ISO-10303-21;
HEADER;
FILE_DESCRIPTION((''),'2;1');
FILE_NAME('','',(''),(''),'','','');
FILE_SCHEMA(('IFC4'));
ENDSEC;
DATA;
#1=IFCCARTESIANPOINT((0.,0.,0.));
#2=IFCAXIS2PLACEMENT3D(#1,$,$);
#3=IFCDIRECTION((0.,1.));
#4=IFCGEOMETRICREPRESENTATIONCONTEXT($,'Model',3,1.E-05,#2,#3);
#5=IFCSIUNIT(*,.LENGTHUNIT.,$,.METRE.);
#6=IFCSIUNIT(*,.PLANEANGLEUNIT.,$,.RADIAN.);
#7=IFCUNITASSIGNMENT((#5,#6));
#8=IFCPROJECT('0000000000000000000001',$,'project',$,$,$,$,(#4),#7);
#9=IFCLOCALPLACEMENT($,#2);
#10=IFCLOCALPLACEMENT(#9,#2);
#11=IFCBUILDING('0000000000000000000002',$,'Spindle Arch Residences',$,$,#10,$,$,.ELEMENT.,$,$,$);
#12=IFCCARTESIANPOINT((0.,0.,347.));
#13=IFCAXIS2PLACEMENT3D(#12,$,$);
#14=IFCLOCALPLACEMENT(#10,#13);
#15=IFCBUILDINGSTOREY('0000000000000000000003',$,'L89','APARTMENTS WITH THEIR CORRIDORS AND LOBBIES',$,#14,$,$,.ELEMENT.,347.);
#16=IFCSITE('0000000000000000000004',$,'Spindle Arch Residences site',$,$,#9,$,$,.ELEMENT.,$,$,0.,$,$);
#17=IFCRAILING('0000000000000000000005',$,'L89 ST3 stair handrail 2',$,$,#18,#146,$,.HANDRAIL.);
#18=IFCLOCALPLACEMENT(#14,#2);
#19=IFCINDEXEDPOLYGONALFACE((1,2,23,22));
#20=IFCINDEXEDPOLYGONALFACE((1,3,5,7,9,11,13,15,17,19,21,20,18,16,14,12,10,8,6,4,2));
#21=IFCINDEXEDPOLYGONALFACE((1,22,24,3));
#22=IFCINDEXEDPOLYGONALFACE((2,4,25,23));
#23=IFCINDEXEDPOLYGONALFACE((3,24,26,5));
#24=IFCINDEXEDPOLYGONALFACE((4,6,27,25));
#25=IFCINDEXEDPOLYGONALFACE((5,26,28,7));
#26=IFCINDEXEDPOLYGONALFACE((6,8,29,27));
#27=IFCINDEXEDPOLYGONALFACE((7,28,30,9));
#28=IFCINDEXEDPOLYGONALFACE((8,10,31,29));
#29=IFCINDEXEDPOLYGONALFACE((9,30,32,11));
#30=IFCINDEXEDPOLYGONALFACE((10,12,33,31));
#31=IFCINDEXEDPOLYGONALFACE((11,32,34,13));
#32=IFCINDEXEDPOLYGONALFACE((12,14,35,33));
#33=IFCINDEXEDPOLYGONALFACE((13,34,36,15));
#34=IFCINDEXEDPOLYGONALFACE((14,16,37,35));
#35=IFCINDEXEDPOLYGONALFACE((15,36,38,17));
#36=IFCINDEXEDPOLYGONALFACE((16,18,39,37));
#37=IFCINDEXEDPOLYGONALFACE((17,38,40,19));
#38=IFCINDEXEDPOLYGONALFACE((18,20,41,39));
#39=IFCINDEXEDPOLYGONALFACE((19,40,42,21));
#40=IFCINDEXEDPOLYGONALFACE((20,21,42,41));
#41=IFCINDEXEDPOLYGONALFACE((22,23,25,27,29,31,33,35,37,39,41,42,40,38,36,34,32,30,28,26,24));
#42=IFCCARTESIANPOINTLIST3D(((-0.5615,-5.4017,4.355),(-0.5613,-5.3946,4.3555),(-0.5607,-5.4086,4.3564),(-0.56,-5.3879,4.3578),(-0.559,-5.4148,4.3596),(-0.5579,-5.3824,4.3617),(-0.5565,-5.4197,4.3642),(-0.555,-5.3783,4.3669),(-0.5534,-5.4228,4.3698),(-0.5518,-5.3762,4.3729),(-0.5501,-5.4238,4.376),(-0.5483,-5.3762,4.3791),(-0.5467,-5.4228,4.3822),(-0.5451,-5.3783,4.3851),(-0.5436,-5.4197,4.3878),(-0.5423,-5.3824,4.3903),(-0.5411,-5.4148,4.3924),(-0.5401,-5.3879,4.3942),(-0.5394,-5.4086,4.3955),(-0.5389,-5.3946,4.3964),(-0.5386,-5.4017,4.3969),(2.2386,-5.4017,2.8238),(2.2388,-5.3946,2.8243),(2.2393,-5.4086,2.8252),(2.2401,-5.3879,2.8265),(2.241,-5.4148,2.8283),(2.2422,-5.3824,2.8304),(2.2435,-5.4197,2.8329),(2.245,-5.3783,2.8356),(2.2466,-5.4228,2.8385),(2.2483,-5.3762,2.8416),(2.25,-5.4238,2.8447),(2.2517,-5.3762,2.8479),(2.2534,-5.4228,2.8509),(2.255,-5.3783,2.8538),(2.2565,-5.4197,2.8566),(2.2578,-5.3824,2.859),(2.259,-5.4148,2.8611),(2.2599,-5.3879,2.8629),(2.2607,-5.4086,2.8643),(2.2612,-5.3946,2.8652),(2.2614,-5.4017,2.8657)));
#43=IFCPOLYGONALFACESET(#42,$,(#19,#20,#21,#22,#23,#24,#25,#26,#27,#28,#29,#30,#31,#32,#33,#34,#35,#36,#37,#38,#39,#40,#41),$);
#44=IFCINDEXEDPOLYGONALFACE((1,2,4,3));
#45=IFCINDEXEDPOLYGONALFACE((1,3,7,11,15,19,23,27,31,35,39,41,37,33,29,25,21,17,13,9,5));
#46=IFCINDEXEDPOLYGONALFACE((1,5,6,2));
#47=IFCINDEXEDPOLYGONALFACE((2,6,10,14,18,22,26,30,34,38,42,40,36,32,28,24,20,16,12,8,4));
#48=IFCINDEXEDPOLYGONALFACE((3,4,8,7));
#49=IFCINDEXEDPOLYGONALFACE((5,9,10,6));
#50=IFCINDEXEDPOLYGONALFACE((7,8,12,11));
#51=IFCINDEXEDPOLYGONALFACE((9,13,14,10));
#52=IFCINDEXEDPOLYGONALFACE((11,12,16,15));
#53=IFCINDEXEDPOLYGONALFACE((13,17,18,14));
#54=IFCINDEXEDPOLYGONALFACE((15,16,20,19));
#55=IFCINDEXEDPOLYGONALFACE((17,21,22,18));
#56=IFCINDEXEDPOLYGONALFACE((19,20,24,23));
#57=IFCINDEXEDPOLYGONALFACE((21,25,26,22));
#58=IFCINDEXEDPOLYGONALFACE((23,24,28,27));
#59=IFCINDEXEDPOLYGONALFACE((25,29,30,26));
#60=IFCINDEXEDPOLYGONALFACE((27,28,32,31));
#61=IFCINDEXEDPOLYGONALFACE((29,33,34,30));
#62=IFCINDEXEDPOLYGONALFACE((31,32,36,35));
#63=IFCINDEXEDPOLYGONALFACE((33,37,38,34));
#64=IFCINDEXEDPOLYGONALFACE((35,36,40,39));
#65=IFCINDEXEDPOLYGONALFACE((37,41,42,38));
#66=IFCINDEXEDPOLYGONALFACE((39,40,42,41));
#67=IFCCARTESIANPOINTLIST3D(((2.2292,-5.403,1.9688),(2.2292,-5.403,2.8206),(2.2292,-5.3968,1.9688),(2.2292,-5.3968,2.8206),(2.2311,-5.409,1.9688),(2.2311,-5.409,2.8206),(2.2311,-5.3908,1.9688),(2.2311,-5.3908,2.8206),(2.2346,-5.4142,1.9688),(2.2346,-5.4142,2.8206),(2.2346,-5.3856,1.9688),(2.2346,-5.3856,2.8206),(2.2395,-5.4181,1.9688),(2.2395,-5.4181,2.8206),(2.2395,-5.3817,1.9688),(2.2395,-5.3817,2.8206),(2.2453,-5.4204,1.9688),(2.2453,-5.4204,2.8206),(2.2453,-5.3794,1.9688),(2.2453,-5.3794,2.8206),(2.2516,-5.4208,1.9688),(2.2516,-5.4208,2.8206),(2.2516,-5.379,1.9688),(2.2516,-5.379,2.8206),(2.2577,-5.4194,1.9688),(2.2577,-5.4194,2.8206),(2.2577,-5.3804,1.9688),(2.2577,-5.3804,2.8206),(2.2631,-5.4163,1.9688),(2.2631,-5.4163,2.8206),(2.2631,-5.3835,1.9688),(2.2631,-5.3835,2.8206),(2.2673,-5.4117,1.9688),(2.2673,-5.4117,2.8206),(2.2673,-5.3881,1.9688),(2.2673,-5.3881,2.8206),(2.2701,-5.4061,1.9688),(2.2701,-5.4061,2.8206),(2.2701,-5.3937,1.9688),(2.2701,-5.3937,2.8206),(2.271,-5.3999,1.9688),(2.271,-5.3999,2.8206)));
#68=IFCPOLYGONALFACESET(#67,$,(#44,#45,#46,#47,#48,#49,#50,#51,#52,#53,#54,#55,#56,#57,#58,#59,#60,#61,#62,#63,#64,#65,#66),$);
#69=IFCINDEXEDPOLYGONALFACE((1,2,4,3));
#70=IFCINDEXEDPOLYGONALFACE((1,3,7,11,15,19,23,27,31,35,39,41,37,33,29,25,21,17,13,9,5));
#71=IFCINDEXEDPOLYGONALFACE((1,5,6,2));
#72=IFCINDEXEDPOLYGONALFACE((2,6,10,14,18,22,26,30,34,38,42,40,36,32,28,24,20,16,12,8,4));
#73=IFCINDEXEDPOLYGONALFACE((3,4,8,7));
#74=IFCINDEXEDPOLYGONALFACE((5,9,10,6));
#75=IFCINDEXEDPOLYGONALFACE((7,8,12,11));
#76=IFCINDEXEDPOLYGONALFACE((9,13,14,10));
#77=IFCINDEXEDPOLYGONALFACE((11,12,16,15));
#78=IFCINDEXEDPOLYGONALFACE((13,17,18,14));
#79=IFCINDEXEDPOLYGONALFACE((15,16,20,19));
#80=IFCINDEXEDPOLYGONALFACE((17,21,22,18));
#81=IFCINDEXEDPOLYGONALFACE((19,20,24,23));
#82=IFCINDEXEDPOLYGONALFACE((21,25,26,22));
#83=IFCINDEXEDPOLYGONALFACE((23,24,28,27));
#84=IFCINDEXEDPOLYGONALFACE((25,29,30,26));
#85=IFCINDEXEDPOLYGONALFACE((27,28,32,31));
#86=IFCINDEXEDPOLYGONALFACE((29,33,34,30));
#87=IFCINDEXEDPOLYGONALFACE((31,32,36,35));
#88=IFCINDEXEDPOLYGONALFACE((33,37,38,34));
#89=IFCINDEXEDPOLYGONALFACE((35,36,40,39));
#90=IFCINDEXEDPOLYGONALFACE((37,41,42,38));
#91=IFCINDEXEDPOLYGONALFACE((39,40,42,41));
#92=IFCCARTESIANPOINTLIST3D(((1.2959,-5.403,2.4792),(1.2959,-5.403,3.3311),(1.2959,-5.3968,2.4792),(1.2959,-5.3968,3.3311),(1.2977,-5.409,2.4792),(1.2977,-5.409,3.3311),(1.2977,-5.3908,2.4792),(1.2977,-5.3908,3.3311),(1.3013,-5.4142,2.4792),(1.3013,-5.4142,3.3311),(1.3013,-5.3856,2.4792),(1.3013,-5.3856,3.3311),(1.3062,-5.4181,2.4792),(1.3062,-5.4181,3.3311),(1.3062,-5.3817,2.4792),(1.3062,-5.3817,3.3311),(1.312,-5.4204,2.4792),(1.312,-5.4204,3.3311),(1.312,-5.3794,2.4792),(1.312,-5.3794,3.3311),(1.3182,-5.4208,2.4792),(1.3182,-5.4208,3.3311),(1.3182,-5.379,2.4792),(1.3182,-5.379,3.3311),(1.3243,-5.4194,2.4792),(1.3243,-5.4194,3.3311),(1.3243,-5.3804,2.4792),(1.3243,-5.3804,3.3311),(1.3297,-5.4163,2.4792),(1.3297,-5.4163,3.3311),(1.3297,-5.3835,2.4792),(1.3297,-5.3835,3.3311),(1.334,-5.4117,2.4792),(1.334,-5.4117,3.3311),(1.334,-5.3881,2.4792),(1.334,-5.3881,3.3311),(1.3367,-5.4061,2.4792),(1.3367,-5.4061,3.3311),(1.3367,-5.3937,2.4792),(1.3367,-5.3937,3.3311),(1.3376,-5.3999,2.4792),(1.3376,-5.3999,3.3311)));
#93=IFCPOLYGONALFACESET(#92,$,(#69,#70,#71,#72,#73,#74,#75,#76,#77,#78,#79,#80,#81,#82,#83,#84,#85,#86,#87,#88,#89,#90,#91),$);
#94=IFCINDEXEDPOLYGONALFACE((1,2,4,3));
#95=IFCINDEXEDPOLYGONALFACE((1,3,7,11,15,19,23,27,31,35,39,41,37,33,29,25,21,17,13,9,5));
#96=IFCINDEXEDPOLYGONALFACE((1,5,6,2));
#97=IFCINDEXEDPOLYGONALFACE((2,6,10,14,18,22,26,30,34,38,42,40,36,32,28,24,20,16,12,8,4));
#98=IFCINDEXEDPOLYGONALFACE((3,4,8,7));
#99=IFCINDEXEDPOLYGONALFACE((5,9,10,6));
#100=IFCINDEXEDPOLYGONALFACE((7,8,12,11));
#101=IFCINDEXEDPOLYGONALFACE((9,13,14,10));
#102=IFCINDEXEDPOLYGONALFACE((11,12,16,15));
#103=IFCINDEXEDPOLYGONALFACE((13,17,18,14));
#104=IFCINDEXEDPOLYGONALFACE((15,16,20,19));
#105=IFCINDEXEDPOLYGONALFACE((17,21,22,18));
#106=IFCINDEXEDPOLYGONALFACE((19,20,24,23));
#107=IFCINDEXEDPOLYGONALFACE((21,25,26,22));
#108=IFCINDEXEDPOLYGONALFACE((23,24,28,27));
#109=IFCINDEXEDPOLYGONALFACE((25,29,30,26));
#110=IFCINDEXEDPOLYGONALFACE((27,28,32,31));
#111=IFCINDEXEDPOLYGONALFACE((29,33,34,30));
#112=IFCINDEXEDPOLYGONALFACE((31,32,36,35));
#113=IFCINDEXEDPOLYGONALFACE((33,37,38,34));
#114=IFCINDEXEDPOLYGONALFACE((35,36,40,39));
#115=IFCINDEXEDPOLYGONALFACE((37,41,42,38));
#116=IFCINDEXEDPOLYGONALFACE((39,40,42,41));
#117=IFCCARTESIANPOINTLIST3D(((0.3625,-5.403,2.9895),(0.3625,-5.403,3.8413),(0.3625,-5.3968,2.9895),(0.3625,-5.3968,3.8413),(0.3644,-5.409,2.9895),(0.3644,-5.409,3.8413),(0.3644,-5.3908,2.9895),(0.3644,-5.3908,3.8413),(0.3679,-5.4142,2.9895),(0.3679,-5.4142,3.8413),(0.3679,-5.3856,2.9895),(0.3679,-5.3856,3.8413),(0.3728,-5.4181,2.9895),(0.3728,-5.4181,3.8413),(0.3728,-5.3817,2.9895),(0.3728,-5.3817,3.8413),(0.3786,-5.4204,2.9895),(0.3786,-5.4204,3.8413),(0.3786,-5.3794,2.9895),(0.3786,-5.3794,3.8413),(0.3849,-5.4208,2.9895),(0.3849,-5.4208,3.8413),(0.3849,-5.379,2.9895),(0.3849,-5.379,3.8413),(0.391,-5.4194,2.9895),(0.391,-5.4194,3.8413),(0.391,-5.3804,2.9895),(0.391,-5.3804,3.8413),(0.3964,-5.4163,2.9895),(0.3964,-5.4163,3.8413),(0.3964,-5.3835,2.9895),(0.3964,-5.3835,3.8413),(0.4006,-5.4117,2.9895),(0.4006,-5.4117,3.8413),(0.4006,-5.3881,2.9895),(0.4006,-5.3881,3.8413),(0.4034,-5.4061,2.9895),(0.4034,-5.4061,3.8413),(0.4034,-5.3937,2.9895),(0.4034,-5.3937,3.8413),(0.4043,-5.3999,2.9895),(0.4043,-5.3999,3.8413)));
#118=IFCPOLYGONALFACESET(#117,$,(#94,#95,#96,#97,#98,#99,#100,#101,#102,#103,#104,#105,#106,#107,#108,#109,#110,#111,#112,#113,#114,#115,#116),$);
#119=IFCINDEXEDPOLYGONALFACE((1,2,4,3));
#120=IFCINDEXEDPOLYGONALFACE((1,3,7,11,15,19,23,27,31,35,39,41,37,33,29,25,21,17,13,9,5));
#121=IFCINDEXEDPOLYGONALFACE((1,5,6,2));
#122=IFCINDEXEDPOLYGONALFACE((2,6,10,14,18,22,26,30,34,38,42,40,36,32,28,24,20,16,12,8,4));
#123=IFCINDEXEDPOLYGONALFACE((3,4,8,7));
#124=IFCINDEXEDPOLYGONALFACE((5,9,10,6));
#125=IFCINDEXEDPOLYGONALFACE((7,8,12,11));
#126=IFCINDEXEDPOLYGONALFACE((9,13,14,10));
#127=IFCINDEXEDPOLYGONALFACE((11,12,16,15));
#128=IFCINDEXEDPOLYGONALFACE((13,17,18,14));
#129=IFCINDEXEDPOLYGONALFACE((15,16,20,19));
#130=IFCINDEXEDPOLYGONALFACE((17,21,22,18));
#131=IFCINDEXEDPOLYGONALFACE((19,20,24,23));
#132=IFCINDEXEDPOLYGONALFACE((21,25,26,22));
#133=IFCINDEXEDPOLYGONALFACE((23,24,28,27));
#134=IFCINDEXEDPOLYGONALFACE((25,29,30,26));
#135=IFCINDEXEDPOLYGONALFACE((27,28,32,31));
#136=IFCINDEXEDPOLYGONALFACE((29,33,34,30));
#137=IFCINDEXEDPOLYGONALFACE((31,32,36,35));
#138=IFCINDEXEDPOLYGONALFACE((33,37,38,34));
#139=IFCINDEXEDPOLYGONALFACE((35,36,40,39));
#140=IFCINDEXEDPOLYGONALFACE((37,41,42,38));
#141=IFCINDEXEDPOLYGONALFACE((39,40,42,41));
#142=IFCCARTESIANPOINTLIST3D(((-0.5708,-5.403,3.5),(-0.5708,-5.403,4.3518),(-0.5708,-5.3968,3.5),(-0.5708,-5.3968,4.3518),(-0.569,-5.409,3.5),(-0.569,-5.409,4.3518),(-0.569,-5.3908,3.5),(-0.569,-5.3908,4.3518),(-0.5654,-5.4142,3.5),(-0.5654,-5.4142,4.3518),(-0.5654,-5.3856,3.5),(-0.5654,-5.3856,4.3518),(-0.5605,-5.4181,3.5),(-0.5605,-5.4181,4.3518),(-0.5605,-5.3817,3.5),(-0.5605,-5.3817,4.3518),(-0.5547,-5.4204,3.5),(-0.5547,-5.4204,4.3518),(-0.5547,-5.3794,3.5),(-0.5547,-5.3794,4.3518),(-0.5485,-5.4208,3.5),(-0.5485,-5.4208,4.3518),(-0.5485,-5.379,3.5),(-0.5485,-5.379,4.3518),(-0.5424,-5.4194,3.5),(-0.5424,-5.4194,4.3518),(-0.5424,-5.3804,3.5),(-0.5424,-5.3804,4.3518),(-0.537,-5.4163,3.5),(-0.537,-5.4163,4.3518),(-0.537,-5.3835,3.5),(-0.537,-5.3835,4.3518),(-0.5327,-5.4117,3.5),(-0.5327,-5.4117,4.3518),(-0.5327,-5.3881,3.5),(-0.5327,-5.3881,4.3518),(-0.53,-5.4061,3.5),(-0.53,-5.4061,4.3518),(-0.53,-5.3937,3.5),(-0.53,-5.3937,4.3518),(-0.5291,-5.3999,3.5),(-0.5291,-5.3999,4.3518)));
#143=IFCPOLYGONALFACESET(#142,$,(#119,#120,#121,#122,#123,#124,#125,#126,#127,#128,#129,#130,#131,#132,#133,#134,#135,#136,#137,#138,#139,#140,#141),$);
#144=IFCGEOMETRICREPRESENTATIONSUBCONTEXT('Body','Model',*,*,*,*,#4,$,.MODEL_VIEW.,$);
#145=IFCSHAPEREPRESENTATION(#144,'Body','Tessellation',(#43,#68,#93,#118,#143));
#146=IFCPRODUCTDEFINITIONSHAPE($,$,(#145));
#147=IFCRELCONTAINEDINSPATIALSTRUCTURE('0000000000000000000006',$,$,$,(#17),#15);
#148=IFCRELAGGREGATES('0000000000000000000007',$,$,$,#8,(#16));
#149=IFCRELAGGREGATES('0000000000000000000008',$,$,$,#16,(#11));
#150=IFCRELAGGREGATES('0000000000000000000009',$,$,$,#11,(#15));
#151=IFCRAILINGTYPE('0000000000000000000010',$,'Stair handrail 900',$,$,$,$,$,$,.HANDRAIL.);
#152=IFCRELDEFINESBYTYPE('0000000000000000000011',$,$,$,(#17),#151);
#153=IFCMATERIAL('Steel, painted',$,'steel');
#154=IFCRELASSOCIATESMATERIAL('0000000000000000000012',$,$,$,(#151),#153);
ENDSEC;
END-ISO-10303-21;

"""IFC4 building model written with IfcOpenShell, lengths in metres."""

from ifc_helpers import new_model, si_unit, direction, frame, origin, origin_2d, place, context, subcontext, project, spatial, circle, extrude, material, type_object, element, save


model = new_model("IFC4")

# Units and contexts
model_context = context("Model", 3, precision=1e-05, world=origin(), true_north=direction((0.0, 1.0)))
body_context = subcontext(model_context, "Body", "Model", "MODEL_VIEW")
ifc_project = project(units=[si_unit("LENGTHUNIT", "METRE"), si_unit("PLANEANGLEUNIT", "RADIAN")], contexts=[model_context])

# Site, building, storey
site_placement = place(None, origin())
site = spatial("IfcSite", under=ifc_project, at=site_placement, Name="Spindle Arch Residences site", CompositionType="ELEMENT", RefElevation=0.0)
building_placement = place(site_placement, origin())
building = spatial("IfcBuilding", under=site, at=building_placement, Name="Spindle Arch Residences", CompositionType="ELEMENT")
storey_placement = place(building_placement, frame((0.0, 0.0, 347.0)))
storey = spatial("IfcBuildingStorey", under=building, at=storey_placement, Name="L89", Description="APARTMENTS WITH THEIR CORRIDORS AND LOBBIES", CompositionType="ELEMENT", Elevation=347.0)

# Railing
ifc_material_1 = material(Name="Steel, painted", Category="steel")
railing_type = type_object("IfcRailingType", Name="Stair handrail 900", PredefinedType="HANDRAIL", material=ifc_material_1)
railing_placement = place(storey_placement, frame((2.25, -5.3999, 1.9688)))
element("IfcRailing", 1, at=railing_placement, inside=storey, type_object=railing_type, Name="L89 ST3 stair handrail 2", PredefinedType="HANDRAIL", context=body_context, shape_type="SweptSolid", body=[
    extrude(circle(Radius=0.0239, at=origin_2d()), frame((0.0, 0.0, 0.876), z_axis=(-0.877375, 0.0, 0.479806), x_axis=(0.0, -1.0, 0.0)), (0.0, 0.0, 1.0), 3.1914),
    extrude(circle(Radius=0.021, at=origin_2d()), origin(), (0.0, 0.0, 1.0), 0.8518),
    extrude(circle(Radius=0.021, at=origin_2d()), frame((-0.9333, 0.0, 0.5105)), (0.0, 0.0, 1.0), 0.8518),
    extrude(circle(Radius=0.021, at=origin_2d()), frame((-1.8667, 0.0, 1.0208)), (0.0, 0.0, 1.0), 0.8518),
    extrude(circle(Radius=0.021, at=origin_2d()), frame((-2.8, 0.0, 1.5312)), (0.0, 0.0, 1.0), 0.8518),
])

save(model, "model.ifc")
